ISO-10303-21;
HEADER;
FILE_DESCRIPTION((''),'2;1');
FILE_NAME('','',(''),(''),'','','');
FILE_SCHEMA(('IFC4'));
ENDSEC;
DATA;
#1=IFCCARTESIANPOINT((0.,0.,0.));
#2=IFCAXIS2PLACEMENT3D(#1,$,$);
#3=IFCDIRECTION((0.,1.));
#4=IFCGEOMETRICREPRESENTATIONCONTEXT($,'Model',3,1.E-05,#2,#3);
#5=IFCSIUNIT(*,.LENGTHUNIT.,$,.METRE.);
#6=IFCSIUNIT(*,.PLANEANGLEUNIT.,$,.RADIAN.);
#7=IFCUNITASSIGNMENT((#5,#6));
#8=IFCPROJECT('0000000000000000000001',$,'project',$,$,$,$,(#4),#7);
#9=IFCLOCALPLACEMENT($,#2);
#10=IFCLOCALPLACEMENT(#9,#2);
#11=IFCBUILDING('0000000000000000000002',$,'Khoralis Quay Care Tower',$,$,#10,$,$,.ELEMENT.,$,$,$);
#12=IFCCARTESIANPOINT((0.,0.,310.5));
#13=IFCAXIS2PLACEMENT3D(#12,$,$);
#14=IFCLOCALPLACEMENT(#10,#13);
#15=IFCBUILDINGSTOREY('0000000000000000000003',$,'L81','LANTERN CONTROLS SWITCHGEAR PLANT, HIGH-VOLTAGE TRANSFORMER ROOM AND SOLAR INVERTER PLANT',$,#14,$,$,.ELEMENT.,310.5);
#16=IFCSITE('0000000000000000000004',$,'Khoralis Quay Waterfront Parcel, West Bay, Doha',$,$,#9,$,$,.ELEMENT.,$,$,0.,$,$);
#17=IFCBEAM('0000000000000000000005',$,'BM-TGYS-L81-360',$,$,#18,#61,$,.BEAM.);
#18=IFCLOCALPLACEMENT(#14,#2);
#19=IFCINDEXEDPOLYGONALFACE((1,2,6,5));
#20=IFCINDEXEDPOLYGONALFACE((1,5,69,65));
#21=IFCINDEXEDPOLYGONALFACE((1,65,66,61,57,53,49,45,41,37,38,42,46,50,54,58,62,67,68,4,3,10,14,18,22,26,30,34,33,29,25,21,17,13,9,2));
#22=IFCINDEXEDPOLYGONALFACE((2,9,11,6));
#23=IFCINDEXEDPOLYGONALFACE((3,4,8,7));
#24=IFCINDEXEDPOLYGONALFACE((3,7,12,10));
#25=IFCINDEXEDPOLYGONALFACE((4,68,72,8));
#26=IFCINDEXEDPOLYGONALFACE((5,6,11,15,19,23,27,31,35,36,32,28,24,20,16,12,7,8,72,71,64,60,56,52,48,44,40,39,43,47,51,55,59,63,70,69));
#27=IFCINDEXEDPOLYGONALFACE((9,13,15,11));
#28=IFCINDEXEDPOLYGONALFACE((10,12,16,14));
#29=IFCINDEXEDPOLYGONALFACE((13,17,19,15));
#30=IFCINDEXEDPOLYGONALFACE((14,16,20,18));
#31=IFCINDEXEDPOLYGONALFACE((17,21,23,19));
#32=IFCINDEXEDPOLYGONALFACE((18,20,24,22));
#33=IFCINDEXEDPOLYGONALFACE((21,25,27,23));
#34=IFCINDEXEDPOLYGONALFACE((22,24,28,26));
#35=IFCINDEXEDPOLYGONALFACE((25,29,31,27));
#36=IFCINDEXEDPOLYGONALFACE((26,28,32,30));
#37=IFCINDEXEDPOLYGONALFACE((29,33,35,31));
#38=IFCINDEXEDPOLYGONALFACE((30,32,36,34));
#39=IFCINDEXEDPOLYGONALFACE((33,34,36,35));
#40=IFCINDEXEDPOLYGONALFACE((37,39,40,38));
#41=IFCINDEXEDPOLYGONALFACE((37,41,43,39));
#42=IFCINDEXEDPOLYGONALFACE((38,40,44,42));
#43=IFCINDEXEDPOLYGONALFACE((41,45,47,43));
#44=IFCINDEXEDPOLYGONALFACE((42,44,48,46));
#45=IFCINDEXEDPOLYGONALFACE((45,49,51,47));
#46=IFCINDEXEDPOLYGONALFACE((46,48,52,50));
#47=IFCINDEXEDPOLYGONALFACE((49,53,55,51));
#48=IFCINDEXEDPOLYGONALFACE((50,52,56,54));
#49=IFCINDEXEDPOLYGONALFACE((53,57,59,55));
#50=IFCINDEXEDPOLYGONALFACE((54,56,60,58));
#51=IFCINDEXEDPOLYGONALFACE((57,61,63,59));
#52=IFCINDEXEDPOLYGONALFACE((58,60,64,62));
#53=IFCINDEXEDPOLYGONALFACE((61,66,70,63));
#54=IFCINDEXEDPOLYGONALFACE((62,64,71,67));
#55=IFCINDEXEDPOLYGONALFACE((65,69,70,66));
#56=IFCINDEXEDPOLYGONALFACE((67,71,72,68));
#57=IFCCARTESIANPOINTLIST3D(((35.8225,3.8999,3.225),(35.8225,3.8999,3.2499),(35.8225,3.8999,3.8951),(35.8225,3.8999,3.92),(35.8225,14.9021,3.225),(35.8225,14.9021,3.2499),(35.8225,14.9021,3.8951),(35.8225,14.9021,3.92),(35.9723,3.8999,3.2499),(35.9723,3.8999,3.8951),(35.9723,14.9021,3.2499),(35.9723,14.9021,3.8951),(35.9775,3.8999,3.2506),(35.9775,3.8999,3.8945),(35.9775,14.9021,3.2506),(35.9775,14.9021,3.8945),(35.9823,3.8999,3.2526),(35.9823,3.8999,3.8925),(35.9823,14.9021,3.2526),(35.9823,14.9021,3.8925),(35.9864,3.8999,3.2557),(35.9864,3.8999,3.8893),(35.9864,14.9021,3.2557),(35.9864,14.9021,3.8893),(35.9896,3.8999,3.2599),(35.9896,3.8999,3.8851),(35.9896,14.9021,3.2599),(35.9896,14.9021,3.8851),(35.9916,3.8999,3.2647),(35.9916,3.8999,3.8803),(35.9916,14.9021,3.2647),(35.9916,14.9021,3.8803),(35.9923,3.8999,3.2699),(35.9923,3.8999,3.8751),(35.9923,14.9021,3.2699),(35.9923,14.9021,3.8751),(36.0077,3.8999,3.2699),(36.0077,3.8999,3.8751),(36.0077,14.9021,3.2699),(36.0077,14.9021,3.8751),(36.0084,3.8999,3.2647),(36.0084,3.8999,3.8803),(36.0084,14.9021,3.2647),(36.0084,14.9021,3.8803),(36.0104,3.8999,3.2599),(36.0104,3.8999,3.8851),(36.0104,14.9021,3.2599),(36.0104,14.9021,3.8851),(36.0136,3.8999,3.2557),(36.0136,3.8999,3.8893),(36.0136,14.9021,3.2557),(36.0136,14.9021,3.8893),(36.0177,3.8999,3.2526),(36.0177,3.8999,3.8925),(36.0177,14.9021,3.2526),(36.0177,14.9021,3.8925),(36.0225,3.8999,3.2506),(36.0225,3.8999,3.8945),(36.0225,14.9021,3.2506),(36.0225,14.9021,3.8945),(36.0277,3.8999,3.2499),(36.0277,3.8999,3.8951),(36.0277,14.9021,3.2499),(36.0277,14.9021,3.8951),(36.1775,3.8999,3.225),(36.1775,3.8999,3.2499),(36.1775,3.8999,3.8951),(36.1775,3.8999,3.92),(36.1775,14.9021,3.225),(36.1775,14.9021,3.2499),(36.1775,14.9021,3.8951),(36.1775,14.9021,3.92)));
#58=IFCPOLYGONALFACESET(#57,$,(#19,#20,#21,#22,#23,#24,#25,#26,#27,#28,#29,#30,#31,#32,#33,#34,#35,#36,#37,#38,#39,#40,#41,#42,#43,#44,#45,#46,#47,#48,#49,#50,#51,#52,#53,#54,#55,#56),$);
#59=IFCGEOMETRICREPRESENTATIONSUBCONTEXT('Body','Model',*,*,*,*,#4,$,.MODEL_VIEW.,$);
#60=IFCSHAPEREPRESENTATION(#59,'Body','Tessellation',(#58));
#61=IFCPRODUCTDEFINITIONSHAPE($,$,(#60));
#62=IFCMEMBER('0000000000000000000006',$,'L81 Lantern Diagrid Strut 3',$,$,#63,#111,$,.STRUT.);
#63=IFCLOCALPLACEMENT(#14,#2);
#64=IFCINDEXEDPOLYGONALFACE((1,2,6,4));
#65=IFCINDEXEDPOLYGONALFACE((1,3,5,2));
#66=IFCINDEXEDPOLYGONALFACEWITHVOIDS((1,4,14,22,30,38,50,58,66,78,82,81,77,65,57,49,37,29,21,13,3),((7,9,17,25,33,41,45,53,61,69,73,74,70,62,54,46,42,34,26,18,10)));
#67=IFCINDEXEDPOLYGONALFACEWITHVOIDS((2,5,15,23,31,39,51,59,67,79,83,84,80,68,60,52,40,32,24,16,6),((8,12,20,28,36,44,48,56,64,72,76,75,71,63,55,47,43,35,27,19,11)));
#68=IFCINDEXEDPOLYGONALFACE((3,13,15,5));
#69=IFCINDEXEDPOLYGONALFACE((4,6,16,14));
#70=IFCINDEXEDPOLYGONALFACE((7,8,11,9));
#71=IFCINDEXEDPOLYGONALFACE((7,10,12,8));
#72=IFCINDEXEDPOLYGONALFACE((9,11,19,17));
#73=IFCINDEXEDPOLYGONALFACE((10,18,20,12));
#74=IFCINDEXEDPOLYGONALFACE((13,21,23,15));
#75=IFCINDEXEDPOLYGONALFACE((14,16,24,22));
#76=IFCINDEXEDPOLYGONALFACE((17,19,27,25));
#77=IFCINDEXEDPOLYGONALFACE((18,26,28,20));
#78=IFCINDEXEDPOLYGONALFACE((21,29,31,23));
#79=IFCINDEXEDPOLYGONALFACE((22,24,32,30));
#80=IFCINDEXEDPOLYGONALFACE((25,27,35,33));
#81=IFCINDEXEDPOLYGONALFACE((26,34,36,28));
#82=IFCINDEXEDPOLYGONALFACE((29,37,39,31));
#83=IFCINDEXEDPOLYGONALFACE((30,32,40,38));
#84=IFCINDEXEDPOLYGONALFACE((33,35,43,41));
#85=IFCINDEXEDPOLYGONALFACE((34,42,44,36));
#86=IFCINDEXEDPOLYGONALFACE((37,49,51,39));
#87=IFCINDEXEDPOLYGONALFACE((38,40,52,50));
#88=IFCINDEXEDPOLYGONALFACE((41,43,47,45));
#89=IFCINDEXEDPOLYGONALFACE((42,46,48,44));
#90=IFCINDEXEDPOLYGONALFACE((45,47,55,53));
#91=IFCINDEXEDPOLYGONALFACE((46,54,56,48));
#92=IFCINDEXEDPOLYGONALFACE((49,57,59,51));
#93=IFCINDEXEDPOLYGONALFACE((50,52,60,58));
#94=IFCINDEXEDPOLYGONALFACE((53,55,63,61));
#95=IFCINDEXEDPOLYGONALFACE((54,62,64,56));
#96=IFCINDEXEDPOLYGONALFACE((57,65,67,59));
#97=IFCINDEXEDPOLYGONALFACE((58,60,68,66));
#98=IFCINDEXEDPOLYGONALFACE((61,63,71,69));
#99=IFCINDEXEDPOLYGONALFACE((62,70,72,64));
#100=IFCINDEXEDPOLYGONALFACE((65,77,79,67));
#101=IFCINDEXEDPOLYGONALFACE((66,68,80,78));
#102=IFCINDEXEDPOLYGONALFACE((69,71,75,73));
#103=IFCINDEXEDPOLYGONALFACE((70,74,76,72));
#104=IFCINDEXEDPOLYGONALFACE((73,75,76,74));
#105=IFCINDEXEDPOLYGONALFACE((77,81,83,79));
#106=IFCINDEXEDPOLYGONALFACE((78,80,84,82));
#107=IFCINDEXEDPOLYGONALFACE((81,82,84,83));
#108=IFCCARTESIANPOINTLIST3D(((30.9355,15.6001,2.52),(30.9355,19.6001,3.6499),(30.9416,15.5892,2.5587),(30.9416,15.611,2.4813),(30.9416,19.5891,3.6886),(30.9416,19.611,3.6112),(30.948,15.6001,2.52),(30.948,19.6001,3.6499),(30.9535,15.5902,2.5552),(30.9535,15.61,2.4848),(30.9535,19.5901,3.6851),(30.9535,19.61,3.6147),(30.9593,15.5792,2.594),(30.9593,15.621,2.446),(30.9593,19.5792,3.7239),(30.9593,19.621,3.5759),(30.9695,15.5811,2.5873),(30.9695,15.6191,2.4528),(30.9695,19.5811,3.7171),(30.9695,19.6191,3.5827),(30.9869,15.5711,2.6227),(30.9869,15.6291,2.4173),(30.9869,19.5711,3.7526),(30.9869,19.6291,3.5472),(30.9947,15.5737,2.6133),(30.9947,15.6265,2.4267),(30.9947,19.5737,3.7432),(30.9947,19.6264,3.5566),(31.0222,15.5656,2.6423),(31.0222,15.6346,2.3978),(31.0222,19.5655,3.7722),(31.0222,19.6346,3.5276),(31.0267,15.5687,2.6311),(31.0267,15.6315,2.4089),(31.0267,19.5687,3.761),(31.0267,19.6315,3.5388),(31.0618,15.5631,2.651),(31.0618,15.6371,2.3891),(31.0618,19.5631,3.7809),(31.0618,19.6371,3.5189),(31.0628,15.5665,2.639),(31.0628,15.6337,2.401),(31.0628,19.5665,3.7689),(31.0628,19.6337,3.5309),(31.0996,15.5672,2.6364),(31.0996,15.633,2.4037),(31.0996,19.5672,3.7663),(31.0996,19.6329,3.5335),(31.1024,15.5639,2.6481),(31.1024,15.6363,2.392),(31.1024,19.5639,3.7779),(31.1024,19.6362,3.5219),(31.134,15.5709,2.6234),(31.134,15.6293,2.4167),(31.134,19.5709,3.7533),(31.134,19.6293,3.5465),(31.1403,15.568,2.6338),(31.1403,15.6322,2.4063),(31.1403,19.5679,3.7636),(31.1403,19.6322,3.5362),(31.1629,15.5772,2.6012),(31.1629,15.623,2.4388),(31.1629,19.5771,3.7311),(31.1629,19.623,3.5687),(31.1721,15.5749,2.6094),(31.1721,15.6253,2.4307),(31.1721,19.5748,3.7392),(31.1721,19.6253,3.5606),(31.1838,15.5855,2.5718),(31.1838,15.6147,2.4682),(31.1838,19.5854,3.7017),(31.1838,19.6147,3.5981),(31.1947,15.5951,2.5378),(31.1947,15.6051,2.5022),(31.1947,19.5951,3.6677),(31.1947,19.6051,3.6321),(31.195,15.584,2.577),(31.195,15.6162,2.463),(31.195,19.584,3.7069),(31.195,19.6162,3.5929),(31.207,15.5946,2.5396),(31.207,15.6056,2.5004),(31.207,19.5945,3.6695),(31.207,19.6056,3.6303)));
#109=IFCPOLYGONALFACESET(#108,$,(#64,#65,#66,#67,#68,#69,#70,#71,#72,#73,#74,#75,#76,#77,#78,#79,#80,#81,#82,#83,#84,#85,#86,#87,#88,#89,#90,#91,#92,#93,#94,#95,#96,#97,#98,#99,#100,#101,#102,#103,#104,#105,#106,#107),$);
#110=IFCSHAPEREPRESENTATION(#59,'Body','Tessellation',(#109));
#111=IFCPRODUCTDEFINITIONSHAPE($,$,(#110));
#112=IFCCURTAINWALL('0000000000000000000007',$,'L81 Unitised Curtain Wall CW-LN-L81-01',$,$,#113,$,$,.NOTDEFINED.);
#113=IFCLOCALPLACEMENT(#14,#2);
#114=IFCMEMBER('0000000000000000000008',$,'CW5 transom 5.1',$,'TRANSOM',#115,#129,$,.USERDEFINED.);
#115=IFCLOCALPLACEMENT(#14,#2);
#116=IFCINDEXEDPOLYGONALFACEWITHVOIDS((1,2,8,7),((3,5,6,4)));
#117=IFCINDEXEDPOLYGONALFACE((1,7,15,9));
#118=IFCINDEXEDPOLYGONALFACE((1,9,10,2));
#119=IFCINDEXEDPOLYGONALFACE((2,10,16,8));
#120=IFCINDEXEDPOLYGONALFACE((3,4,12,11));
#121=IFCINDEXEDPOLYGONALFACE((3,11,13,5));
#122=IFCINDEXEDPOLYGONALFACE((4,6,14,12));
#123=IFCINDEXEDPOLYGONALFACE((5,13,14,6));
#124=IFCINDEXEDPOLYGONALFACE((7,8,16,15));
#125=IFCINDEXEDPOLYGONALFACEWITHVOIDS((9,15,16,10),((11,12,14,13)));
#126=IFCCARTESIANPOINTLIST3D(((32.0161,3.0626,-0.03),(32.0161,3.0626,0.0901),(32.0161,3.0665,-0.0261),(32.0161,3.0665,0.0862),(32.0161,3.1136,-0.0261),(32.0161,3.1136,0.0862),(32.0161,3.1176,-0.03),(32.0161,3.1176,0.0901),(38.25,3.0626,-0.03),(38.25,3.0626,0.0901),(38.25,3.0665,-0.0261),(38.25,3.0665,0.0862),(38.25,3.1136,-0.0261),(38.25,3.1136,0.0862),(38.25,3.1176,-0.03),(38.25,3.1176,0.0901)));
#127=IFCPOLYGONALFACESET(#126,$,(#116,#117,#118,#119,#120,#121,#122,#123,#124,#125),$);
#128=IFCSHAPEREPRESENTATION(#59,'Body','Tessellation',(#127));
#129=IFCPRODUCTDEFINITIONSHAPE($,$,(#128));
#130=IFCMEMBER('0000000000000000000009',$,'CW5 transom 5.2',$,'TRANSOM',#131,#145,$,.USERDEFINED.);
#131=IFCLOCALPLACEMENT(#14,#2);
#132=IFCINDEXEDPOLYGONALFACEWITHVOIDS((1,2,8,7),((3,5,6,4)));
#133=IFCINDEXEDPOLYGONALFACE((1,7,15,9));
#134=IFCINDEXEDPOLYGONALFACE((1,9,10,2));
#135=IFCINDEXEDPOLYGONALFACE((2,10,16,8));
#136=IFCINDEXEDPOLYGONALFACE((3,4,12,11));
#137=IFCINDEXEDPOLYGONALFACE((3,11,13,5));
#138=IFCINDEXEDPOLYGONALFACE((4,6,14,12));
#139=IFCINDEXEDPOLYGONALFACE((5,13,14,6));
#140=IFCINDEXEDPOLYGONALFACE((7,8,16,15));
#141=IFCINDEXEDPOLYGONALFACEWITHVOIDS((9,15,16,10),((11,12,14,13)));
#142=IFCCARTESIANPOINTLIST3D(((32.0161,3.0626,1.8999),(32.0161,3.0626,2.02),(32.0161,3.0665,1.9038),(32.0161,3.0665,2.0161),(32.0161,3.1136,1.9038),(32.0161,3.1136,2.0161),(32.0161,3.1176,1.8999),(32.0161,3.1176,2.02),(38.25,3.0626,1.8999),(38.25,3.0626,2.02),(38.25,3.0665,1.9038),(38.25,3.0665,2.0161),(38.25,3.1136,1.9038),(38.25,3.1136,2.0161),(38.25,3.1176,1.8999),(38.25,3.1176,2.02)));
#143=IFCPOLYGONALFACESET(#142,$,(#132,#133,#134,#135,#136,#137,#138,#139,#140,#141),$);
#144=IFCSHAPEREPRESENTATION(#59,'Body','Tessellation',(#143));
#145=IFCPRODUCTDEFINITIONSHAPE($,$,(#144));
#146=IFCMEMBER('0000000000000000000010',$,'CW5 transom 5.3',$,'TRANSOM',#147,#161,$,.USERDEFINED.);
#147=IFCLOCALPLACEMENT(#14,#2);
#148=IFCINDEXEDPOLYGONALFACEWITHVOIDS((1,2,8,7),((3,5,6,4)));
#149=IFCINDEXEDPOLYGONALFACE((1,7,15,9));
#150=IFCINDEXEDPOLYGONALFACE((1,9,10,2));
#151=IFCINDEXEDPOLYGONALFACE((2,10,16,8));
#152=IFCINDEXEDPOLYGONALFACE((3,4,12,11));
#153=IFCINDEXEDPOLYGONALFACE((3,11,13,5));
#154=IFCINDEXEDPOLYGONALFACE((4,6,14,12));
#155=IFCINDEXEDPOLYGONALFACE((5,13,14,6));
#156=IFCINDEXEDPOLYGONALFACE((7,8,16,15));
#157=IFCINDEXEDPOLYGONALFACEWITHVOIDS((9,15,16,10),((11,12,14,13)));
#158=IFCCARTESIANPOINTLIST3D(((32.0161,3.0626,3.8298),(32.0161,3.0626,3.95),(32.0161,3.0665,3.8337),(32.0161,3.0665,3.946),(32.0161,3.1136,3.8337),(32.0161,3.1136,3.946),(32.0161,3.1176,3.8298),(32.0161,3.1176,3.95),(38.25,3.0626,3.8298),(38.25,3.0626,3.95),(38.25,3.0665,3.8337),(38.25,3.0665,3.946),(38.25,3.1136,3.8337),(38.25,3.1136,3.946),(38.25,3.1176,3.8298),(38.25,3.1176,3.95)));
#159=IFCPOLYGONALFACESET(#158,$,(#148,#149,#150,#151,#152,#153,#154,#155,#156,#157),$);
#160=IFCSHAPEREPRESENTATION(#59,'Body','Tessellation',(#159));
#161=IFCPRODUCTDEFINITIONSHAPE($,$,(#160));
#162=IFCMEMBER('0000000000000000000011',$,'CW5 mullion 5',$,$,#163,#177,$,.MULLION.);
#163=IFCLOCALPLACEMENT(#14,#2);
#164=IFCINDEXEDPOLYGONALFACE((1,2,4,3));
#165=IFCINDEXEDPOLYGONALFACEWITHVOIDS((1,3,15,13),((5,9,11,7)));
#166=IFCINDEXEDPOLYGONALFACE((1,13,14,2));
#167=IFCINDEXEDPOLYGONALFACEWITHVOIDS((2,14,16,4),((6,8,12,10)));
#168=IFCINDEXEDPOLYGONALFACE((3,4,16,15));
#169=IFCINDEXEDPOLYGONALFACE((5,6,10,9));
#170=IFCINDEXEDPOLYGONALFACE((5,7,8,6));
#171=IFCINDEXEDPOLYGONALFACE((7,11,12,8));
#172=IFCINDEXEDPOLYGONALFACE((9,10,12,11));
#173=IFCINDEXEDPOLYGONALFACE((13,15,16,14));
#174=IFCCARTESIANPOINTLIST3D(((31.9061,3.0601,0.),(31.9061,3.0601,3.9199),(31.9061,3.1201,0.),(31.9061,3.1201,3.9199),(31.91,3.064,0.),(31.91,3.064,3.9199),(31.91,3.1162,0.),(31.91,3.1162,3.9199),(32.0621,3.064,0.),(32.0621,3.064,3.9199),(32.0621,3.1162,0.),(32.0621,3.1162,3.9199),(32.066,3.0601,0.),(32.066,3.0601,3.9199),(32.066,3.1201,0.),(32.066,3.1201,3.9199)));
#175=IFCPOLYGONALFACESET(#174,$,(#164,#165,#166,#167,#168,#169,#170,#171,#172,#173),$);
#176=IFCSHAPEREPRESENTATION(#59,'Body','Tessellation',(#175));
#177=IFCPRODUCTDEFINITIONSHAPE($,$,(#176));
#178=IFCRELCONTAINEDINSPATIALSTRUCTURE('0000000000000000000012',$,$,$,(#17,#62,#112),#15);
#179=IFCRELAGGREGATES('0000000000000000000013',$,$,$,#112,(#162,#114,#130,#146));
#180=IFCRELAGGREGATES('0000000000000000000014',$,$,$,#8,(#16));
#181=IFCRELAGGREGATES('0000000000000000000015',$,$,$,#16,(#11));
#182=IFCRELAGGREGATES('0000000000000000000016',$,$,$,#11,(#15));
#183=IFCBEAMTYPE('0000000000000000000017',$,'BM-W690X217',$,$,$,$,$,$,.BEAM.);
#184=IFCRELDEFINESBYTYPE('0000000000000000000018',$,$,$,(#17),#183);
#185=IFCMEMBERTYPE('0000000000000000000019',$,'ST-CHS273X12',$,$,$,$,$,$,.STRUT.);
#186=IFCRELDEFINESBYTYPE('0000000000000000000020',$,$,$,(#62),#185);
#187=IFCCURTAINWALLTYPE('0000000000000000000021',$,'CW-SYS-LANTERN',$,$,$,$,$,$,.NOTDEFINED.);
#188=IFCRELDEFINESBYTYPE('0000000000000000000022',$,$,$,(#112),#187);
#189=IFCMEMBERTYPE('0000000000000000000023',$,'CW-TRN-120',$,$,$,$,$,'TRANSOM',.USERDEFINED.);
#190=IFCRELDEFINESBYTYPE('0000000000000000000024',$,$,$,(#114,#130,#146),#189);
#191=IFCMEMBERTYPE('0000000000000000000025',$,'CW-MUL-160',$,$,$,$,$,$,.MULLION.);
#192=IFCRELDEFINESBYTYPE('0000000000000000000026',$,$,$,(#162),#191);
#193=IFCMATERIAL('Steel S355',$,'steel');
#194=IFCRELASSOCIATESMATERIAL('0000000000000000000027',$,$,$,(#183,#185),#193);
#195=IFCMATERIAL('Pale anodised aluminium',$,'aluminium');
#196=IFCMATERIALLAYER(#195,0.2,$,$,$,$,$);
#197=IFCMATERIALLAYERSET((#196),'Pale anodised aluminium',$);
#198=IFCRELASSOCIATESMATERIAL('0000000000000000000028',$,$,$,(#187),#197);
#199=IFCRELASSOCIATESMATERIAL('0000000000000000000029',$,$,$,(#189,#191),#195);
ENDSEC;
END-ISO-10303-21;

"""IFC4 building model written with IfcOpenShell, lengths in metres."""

from ifc_helpers import new_model, si_unit, direction, frame, origin, origin_2d, place, context, subcontext, project, spatial, hollow_rectangle, hollow_circle, i_section, extrude, source, transform, mapped, material, layer, layer_set, material_profile, profile_set, type_object, element, aggregate, save


model = new_model("IFC4")

# Units and contexts
model_context = context("Model", 3, precision=1e-05, world=origin(), true_north=direction((0.0, 1.0)))
body_context = subcontext(model_context, "Body", "Model", "MODEL_VIEW")
ifc_project = project(units=[si_unit("LENGTHUNIT", "METRE"), si_unit("PLANEANGLEUNIT", "RADIAN")], contexts=[model_context])

# Site, building, storey
site_placement = place(None, origin())
site = spatial("IfcSite", under=ifc_project, at=site_placement, Name="Khoralis Quay Waterfront Parcel, West Bay, Doha", CompositionType="ELEMENT", RefElevation=0.0)
building_placement = place(site_placement, origin())
building = spatial("IfcBuilding", under=site, at=building_placement, Name="Khoralis Quay Care Tower", CompositionType="ELEMENT")
storey_placement = place(building_placement, frame((0.0, 0.0, 310.5)))
storey = spatial("IfcBuildingStorey", under=building, at=storey_placement, Name="L81", Description="LANTERN CONTROLS SWITCHGEAR PLANT, HIGH-VOLTAGE TRANSFORMER ROOM AND SOLAR INVERTER PLANT", CompositionType="ELEMENT", Elevation=310.5)

# Beam
ifc_material_1 = material(Name="Steel S355", Category="steel")
ifc_material_profile_1 = material_profile(ifc_material_1, i_section(OverallWidth=0.355, OverallDepth=0.6951, WebThickness=0.0154, FlangeThickness=0.0249, FilletRadius=0.02, at=origin_2d()), Name="Steel S355")
ifc_profile_set_1 = profile_set([ifc_material_profile_1], Name="Steel S355")
beam_type_1 = type_object("IfcBeamType", Name="BM-W690X217", PredefinedType="BEAM", material=ifc_profile_set_1)
shared_shape_1 = source(origin(), body_context, "Body", "SweptSolid", [
    extrude(i_section(OverallWidth=0.355, OverallDepth=0.6951, WebThickness=0.0154, FlangeThickness=0.0249, FilletRadius=0.02, at=origin_2d()), origin(), (0.0, 0.0, 1.0), 11.0022),
])
beam_1_placement = place(storey_placement, frame((36.0, 3.8999, 3.5725), z_axis=(0.0, 1.0, 0.0), x_axis=(-1.0, 0.0, 0.0)))
element("IfcBeam", 1, at=beam_1_placement, inside=storey, type_object=beam_type_1, Name="BM-TGYS-L81-360", PredefinedType="BEAM", context=body_context, shape_type="MappedRepresentation", body=[
    mapped(shared_shape_1, transform((0.0, 0.0, 0.0), scale=1.0)),
])

# Member
ifc_material_profile_2 = material_profile(ifc_material_1, hollow_circle(Radius=0.1365, WallThickness=0.0125, at=origin_2d()), Name="Steel S355")
ifc_profile_set_2 = profile_set([ifc_material_profile_2], Name="Steel S355")
member_type_1 = type_object("IfcMemberType", Name="ST-CHS273X12", PredefinedType="STRUT", material=ifc_profile_set_2)
shared_shape_2 = source(origin(), body_context, "Body", "SweptSolid", [
    extrude(hollow_circle(Radius=0.1365, WallThickness=0.0125, at=origin_2d()), origin(), (0.0, 0.0, 1.0), 4.1565),
])
member_1_placement = place(storey_placement, frame((31.072, 15.6001, 2.52), z_axis=(0.0, 0.962344, 0.271834), x_axis=(-1.0, 0.0, 0.0)))
element("IfcMember", 2, at=member_1_placement, inside=storey, type_object=member_type_1, Name="L81 Lantern Diagrid Strut 3", PredefinedType="STRUT", context=body_context, shape_type="MappedRepresentation", body=[
    mapped(shared_shape_2, transform((0.0, 0.0, 0.0), scale=1.0)),
])

# Curtain wall, members
ifc_material_2 = material(Name="Pale anodised aluminium", Category="aluminium")
ifc_layer_1 = layer(ifc_material_2, 0.2)
ifc_layer_set_1 = layer_set([ifc_layer_1], Name="Pale anodised aluminium")
curtain_wall_type = type_object("IfcCurtainWallType", Name="CW-SYS-LANTERN", PredefinedType="NOTDEFINED", material=ifc_layer_set_1)
curtain_wall_placement = place(storey_placement, origin())
curtain_wall = element("IfcCurtainWall", 3, at=curtain_wall_placement, inside=storey, type_object=curtain_wall_type, Name="L81 Unitised Curtain Wall CW-LN-L81-01", PredefinedType="NOTDEFINED")
ifc_material_profile_3 = material_profile(ifc_material_2, hollow_rectangle(XDim=0.0549, YDim=0.1201, WallThickness=0.0039, at=origin_2d()), Name="Pale anodised aluminium")
ifc_profile_set_3 = profile_set([ifc_material_profile_3], Name="Pale anodised aluminium")
member_type_2 = type_object("IfcMemberType", Name="CW-TRN-120", ElementType="TRANSOM", PredefinedType="USERDEFINED", material=ifc_profile_set_3)
shared_shape_3 = source(origin(), body_context, "Body", "SweptSolid", [
    extrude(hollow_rectangle(XDim=0.0549, YDim=0.1201, WallThickness=0.0039, at=origin_2d()), origin(), (0.0, 0.0, 1.0), 6.2339),
])
member_2_placement = place(storey_placement, frame((32.0161, 3.0901, 0.03), z_axis=(1.0, 0.0, 0.0), x_axis=(0.0, 1.0, 0.0)))
member_2 = element("IfcMember", 4, at=member_2_placement, type_object=member_type_2, Name="CW5 transom 5.1", ObjectType="TRANSOM", PredefinedType="USERDEFINED", context=body_context, shape_type="MappedRepresentation", body=[
    mapped(shared_shape_3, transform((0.0, 0.0, 0.0), scale=1.0)),
])
member_3_placement = place(storey_placement, frame((32.0161, 3.0901, 1.96), z_axis=(1.0, 0.0, 0.0), x_axis=(0.0, 1.0, 0.0)))
member_3 = element("IfcMember", 5, at=member_3_placement, type_object=member_type_2, Name="CW5 transom 5.2", ObjectType="TRANSOM", PredefinedType="USERDEFINED", context=body_context, shape_type="MappedRepresentation", body=[
    mapped(shared_shape_3, transform((0.0, 0.0, 0.0), scale=1.0)),
])
member_4_placement = place(storey_placement, frame((32.0161, 3.0901, 3.8899), z_axis=(1.0, 0.0, 0.0), x_axis=(0.0, 1.0, 0.0)))
member_4 = element("IfcMember", 6, at=member_4_placement, type_object=member_type_2, Name="CW5 transom 5.3", ObjectType="TRANSOM", PredefinedType="USERDEFINED", context=body_context, shape_type="MappedRepresentation", body=[
    mapped(shared_shape_3, transform((0.0, 0.0, 0.0), scale=1.0)),
])
ifc_material_profile_4 = material_profile(ifc_material_2, hollow_rectangle(XDim=0.0601, YDim=0.1599, WallThickness=0.0039, at=origin_2d()), Name="Pale anodised aluminium")
ifc_profile_set_4 = profile_set([ifc_material_profile_4], Name="Pale anodised aluminium")
member_type_3 = type_object("IfcMemberType", Name="CW-MUL-160", PredefinedType="MULLION", material=ifc_profile_set_4)
shared_shape_4 = source(origin(), body_context, "Body", "SweptSolid", [
    extrude(hollow_rectangle(XDim=0.0601, YDim=0.1599, WallThickness=0.0039, at=origin_2d()), origin(), (0.0, 0.0, 1.0), 3.9199),
])
member_5_placement = place(storey_placement, frame((31.9861, 3.0901, 0.0), z_axis=(0.0, 0.0, 1.0), x_axis=(0.0, 1.0, 0.0)))
member_5 = element("IfcMember", 7, at=member_5_placement, type_object=member_type_3, Name="CW5 mullion 5", PredefinedType="MULLION", context=body_context, shape_type="MappedRepresentation", body=[
    mapped(shared_shape_4, transform((0.0, 0.0, 0.0), scale=1.0)),
])

aggregate(curtain_wall, [member_5, member_2, member_3, member_4])

save(model, "model.ifc")
